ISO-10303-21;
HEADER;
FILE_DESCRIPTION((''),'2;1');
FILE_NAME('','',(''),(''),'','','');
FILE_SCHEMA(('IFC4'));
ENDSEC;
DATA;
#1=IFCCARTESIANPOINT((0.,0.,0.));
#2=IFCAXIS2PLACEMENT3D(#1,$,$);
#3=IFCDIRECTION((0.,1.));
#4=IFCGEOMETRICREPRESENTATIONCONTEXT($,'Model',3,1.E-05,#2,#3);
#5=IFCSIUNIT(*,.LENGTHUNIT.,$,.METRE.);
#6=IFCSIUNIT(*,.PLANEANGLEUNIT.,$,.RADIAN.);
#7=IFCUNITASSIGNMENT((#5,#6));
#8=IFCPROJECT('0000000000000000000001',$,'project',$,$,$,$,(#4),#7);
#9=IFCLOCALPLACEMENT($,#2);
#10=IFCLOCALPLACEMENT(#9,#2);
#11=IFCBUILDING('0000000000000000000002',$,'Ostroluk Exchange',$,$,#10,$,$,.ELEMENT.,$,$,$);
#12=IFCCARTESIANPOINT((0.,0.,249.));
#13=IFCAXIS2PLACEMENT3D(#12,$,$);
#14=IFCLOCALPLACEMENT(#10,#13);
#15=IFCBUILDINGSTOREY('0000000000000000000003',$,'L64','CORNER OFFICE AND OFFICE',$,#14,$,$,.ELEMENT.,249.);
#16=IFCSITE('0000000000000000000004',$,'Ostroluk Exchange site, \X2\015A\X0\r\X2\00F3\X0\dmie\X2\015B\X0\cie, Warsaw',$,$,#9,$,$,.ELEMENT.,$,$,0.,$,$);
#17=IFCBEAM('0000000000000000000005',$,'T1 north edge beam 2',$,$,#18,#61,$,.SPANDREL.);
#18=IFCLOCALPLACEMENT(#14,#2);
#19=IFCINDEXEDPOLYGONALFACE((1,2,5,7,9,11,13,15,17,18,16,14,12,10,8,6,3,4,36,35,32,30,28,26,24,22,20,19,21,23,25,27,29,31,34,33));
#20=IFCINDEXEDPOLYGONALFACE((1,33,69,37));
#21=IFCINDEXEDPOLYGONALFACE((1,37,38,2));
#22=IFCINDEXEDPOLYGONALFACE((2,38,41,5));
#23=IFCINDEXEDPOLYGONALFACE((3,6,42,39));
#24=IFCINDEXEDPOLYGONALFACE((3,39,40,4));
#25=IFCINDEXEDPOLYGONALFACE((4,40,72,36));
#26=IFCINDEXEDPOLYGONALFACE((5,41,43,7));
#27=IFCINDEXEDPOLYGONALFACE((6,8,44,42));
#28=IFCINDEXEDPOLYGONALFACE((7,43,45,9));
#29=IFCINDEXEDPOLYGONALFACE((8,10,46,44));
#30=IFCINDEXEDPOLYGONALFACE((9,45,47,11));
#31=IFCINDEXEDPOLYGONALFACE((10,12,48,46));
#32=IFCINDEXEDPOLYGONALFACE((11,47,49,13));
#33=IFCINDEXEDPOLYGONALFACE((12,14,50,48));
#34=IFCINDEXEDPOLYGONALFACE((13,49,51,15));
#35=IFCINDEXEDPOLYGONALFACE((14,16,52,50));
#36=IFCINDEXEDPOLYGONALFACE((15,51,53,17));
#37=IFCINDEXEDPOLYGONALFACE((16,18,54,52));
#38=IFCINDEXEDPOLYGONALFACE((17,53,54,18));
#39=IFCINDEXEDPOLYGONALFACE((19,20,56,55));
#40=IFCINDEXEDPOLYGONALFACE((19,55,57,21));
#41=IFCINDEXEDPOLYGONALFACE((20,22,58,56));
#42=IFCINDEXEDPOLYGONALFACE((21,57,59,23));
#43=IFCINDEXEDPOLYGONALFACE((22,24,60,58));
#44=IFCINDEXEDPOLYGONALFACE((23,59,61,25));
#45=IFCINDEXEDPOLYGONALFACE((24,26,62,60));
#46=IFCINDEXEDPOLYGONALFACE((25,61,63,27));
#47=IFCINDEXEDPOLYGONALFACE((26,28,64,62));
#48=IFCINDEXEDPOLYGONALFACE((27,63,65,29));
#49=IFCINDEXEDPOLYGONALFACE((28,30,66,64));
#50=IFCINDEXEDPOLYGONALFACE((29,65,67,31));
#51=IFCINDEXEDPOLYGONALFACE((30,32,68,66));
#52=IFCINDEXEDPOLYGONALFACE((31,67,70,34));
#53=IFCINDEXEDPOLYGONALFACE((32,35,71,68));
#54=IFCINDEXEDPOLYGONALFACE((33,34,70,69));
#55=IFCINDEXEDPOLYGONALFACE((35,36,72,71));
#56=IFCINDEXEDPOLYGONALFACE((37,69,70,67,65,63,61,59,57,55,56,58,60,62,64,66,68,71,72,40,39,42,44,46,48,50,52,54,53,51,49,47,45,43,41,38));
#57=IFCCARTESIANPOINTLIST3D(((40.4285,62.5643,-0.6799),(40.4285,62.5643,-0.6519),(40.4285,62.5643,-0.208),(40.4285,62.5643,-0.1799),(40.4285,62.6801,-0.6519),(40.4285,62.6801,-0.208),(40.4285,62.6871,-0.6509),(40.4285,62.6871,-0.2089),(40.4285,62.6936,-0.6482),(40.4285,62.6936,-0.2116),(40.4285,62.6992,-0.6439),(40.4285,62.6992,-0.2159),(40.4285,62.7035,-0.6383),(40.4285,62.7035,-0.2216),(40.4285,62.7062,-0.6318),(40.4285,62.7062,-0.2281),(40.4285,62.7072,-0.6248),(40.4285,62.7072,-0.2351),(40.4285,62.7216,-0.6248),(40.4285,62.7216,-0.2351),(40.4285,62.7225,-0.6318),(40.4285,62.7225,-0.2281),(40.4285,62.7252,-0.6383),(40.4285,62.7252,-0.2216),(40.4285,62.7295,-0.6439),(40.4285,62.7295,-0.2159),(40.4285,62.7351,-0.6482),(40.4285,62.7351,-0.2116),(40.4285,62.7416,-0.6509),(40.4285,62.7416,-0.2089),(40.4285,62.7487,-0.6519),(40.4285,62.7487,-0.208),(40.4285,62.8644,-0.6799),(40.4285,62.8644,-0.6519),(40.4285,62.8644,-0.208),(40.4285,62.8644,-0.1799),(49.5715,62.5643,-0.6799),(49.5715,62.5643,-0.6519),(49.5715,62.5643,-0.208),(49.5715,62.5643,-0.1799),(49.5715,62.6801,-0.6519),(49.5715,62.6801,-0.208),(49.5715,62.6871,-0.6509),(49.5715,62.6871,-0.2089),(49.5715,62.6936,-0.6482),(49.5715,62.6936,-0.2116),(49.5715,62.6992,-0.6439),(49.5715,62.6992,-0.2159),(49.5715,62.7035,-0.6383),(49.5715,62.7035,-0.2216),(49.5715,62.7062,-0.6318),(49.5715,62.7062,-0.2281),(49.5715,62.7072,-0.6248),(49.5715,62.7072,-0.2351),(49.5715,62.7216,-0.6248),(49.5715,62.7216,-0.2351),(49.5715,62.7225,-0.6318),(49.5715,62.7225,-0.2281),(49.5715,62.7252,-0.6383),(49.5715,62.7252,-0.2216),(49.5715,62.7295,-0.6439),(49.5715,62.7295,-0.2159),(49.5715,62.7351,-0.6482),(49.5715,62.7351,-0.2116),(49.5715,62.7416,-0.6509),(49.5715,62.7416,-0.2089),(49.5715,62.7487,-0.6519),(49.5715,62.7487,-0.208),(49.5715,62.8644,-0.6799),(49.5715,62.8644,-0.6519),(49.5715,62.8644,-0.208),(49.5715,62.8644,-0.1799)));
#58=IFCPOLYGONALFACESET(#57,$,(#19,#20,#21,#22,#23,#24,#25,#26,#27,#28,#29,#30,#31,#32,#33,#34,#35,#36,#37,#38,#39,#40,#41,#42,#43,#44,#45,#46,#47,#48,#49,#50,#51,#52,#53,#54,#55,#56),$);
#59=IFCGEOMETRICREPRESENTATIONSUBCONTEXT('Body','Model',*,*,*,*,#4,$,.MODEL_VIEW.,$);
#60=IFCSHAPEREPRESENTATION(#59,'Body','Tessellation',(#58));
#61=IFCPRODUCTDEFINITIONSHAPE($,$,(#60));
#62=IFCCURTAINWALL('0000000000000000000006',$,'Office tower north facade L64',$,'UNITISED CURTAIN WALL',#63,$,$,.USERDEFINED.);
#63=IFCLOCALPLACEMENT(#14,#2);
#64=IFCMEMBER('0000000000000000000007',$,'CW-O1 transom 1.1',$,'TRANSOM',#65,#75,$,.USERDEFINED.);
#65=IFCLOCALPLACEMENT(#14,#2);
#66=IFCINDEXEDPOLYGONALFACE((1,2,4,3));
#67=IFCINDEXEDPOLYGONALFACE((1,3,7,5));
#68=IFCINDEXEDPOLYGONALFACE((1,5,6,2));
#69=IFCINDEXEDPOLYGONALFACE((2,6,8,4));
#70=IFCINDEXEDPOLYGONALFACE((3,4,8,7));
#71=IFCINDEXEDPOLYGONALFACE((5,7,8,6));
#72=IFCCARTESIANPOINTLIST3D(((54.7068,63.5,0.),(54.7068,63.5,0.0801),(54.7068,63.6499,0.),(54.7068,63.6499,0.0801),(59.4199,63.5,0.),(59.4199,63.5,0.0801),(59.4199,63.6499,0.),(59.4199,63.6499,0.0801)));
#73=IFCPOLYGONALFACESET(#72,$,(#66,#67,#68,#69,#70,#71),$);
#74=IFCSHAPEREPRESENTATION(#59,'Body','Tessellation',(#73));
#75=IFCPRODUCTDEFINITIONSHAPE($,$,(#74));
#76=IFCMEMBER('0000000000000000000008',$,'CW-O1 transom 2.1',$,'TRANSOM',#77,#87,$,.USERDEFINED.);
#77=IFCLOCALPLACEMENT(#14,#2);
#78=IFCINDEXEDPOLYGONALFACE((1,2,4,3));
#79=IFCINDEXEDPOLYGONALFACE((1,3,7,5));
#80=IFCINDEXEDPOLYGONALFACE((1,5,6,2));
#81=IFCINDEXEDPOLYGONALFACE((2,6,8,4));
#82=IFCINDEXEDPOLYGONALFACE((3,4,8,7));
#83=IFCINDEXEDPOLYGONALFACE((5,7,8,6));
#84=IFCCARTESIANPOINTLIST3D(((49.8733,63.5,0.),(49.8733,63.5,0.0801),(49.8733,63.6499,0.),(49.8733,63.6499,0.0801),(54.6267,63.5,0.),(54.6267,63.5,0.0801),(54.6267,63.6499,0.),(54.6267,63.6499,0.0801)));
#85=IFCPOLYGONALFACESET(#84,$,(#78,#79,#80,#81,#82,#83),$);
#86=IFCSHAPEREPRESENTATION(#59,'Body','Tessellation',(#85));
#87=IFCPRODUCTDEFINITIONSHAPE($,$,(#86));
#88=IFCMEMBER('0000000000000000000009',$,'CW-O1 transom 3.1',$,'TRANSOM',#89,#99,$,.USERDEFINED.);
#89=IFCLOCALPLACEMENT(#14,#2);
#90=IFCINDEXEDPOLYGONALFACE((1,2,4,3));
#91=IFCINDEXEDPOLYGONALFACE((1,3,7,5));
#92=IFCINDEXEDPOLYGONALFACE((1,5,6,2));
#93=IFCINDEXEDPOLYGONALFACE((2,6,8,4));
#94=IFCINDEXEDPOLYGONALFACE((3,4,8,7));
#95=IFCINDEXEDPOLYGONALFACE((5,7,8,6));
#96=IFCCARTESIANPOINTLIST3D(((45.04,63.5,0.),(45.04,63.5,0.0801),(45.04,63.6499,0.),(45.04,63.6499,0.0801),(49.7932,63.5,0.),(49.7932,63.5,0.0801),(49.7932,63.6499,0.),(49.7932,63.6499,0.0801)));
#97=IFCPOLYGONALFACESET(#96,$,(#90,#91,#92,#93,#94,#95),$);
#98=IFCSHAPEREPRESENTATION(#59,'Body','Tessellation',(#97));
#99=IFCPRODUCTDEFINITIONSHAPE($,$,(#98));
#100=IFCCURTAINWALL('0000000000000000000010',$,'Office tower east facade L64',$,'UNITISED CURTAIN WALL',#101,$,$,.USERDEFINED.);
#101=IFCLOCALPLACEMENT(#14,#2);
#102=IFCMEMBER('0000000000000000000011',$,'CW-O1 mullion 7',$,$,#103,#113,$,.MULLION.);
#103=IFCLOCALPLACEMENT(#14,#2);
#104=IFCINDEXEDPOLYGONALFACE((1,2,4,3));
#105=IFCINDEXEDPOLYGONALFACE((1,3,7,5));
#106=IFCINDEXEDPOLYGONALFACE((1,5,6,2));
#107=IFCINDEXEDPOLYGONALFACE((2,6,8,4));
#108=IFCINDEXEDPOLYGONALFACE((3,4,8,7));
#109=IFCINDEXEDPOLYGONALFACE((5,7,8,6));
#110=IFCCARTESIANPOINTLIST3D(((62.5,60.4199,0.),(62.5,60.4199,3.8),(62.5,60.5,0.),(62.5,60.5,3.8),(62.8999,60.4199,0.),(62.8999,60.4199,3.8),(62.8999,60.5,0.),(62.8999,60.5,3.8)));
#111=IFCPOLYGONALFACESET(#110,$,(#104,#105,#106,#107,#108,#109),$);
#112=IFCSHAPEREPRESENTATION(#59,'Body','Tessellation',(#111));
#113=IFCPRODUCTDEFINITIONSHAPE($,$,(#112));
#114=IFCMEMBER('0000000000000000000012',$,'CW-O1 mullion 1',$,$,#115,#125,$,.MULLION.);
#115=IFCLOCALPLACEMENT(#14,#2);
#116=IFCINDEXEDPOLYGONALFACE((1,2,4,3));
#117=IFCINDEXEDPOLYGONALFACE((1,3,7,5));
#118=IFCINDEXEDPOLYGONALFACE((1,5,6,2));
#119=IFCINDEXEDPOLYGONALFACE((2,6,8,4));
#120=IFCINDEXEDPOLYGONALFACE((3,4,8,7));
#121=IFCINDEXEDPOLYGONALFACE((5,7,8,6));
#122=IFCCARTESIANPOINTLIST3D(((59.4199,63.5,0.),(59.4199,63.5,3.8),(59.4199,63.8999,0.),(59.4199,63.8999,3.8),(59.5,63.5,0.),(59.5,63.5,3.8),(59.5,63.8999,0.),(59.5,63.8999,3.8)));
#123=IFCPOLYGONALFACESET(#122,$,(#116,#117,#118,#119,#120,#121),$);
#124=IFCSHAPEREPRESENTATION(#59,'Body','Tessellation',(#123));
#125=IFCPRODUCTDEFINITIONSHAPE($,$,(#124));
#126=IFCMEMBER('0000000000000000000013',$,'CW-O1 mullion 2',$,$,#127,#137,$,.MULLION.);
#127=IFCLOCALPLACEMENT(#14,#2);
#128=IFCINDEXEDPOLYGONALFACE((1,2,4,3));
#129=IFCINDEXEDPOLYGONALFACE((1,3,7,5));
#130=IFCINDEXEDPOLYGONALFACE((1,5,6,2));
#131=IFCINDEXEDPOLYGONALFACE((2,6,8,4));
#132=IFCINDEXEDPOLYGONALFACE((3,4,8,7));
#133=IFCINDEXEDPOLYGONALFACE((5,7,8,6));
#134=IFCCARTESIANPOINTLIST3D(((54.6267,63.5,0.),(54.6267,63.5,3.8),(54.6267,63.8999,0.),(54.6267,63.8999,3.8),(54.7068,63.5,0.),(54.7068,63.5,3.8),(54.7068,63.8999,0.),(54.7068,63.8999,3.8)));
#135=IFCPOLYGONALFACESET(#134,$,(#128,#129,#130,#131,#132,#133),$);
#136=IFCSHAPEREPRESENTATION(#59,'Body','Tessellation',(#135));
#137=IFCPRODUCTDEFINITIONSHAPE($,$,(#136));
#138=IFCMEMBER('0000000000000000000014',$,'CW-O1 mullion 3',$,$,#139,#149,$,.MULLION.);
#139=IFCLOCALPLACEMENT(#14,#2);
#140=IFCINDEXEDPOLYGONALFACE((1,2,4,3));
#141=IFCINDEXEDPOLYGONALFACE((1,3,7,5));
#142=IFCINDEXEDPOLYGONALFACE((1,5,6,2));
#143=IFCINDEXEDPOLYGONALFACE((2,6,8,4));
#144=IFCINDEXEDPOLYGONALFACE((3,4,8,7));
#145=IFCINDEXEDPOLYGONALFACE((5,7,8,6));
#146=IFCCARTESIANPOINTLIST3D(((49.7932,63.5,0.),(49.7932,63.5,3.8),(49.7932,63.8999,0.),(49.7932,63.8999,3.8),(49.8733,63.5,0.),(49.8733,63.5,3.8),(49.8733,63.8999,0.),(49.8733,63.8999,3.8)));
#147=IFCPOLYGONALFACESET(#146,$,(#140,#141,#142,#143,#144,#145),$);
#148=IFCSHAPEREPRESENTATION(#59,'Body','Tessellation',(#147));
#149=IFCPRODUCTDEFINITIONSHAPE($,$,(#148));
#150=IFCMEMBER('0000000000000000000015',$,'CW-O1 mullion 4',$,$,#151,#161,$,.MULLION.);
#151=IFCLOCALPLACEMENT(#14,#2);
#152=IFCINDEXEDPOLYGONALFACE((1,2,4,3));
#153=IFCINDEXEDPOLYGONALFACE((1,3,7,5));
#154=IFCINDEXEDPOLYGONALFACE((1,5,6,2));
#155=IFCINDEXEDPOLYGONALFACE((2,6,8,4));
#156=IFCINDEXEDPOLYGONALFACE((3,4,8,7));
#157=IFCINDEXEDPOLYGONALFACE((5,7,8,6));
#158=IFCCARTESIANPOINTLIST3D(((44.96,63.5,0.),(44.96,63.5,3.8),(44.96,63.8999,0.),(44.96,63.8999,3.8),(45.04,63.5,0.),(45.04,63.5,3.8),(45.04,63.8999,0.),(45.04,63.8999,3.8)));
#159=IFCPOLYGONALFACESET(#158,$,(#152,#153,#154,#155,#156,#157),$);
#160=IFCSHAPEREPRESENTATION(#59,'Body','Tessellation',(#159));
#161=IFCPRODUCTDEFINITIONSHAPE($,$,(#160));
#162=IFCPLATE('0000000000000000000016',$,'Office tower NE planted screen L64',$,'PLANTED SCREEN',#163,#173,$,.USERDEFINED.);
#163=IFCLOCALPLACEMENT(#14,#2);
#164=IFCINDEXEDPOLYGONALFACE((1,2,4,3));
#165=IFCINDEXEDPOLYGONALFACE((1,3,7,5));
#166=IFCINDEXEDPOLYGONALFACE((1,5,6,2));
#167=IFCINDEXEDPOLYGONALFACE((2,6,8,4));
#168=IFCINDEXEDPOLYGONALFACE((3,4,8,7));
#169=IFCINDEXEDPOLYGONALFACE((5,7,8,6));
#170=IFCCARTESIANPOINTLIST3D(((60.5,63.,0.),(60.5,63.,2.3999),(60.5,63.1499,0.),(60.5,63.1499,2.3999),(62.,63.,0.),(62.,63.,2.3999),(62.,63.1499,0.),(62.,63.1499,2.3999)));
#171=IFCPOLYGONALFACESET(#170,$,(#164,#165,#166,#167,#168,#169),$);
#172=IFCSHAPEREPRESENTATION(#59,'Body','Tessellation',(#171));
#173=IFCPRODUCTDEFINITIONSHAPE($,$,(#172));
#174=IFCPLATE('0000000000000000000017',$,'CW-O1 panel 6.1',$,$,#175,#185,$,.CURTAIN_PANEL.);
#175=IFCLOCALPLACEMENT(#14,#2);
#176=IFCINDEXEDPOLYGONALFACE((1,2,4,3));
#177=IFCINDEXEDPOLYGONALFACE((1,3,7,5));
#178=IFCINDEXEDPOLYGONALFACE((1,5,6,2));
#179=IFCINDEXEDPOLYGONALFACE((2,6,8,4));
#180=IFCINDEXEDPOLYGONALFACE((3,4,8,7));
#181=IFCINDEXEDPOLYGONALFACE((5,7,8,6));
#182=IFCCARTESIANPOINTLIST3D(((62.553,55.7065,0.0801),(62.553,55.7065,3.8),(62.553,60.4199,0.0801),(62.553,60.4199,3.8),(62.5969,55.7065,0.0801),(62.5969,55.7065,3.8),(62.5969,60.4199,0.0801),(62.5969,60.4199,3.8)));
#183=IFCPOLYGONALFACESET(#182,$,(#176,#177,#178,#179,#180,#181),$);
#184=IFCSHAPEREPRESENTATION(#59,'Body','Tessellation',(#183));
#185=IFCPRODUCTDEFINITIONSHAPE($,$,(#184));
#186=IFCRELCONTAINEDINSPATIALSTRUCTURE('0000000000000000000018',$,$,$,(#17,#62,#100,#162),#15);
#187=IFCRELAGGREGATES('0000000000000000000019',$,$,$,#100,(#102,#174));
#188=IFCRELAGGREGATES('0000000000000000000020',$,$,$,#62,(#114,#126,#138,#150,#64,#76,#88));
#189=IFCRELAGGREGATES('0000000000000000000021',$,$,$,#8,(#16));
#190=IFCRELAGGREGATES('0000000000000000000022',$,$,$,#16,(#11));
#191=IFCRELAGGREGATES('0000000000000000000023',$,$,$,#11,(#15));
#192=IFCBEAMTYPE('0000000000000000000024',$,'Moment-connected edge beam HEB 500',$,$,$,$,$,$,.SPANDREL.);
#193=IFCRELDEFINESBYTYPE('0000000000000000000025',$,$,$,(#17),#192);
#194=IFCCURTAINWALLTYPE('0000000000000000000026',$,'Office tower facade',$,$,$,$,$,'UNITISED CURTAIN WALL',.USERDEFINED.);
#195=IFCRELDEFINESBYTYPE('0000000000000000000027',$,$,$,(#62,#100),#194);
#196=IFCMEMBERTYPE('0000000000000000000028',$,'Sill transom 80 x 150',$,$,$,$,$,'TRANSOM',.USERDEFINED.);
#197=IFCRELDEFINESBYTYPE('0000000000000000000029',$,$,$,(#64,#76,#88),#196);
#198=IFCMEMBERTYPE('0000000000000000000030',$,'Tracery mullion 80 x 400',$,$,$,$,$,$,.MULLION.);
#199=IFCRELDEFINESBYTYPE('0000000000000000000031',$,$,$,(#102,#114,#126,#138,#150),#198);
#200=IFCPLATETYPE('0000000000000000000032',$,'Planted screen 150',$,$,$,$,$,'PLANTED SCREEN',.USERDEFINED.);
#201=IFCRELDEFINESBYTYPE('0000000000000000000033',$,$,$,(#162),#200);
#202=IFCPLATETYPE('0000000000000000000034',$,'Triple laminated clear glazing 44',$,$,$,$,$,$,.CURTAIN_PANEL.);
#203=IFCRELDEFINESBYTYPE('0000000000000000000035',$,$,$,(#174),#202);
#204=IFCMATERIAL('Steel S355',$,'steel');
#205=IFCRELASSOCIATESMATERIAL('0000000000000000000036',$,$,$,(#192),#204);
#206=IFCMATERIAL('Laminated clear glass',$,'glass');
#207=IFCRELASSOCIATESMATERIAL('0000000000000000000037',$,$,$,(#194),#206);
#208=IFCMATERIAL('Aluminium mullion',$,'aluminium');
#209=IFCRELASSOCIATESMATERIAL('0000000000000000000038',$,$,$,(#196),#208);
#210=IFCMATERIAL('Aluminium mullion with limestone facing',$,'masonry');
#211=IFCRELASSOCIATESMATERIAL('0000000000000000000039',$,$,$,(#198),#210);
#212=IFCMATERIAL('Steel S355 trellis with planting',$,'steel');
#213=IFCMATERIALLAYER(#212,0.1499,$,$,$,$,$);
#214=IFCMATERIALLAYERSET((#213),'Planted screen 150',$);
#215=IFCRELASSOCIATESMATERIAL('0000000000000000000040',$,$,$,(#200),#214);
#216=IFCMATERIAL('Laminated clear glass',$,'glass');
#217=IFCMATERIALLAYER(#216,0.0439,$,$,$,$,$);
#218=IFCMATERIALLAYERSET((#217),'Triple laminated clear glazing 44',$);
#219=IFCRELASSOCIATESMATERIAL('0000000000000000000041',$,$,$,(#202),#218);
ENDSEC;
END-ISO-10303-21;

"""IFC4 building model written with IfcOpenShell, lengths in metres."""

from ifc_helpers import new_model, si_unit, direction, frame, origin, origin_2d, place, context, subcontext, project, spatial, rectangle, i_section, extrude, material, layer, layer_set, material_profile, profile_set, type_object, element, aggregate, save


model = new_model("IFC4")

# Units and contexts
model_context = context("Model", 3, precision=1e-05, world=origin(), true_north=direction((0.0, 1.0)))
body_context = subcontext(model_context, "Body", "Model", "MODEL_VIEW")
ifc_project = project(units=[si_unit("LENGTHUNIT", "METRE"), si_unit("PLANEANGLEUNIT", "RADIAN")], contexts=[model_context])

# Site, building, storey
site_placement = place(None, origin())
site = spatial("IfcSite", under=ifc_project, at=site_placement, Name="Ostroluk Exchange site, Śródmieście, Warsaw", CompositionType="ELEMENT", RefElevation=0.0)
building_placement = place(site_placement, origin())
building = spatial("IfcBuilding", under=site, at=building_placement, Name="Ostroluk Exchange", CompositionType="ELEMENT")
storey_placement = place(building_placement, frame((0.0, 0.0, 249.0)))
storey = spatial("IfcBuildingStorey", under=building, at=storey_placement, Name="L64", Description="CORNER OFFICE AND OFFICE", CompositionType="ELEMENT", Elevation=249.0)

# Beam
ifc_material_1 = material(Name="Steel S355", Category="steel")
ifc_material_profile_1 = material_profile(ifc_material_1, i_section(OverallWidth=0.3, OverallDepth=0.5, WebThickness=0.0144, FlangeThickness=0.0281, FilletRadius=0.0271, at=origin_2d()), Name="HEB 500")
ifc_profile_set_1 = profile_set([ifc_material_profile_1], Name="Steel S355")
beam_type_1 = type_object("IfcBeamType", Name="Moment-connected edge beam HEB 500", PredefinedType="SPANDREL", material=ifc_profile_set_1)
beam_1_placement = place(storey_placement, frame((49.5715, 62.7144, -0.4299), z_axis=(-1.0, 0.0, 0.0), x_axis=(0.0, -1.0, 0.0)))
element("IfcBeam", 1, at=beam_1_placement, inside=storey, type_object=beam_type_1, Name="T1 north edge beam 2", PredefinedType="SPANDREL", context=body_context, shape_type="SweptSolid", body=[
    extrude(i_section(OverallWidth=0.3, OverallDepth=0.5, WebThickness=0.0144, FlangeThickness=0.0281, FilletRadius=0.0271, at=origin_2d()), origin(), (0.0, 0.0, 1.0), 9.1431),
])

# Curtain wall, members
ifc_material_2 = material(Name="Laminated clear glass", Category="glass")
curtain_wall_type = type_object("IfcCurtainWallType", Name="Office tower facade", ElementType="UNITISED CURTAIN WALL", PredefinedType="USERDEFINED", material=ifc_material_2)
curtain_wall_1_placement = place(storey_placement, origin())
curtain_wall_1 = element("IfcCurtainWall", 2, at=curtain_wall_1_placement, inside=storey, type_object=curtain_wall_type, Name="Office tower north facade L64", ObjectType="UNITISED CURTAIN WALL", PredefinedType="USERDEFINED")
ifc_material_3 = material(Name="Aluminium mullion", Category="aluminium")
ifc_material_profile_2 = material_profile(ifc_material_3, rectangle(XDim=0.1499, YDim=0.0801, at=origin_2d()), Name="Sill transom 80 x 150")
ifc_profile_set_2 = profile_set([ifc_material_profile_2], Name="Aluminium mullion")
member_type_1 = type_object("IfcMemberType", Name="Sill transom 80 x 150", ElementType="TRANSOM", PredefinedType="USERDEFINED", material=ifc_profile_set_2)
member_1_placement = place(storey_placement, frame((59.4199, 63.575, 0.04), z_axis=(-1.0, 0.0, 0.0), x_axis=(0.0, -1.0, 0.0)))
member_1 = element("IfcMember", 3, at=member_1_placement, type_object=member_type_1, Name="CW-O1 transom 1.1", ObjectType="TRANSOM", PredefinedType="USERDEFINED", context=body_context, shape_type="SweptSolid", body=[
    extrude(rectangle(XDim=0.1499, YDim=0.0801, at=origin_2d()), origin(), (0.0, 0.0, 1.0), 4.7131),
])
member_2_placement = place(storey_placement, frame((54.6267, 63.575, 0.04), z_axis=(-1.0, 0.0, 0.0), x_axis=(0.0, -1.0, 0.0)))
member_2 = element("IfcMember", 4, at=member_2_placement, type_object=member_type_1, Name="CW-O1 transom 2.1", ObjectType="TRANSOM", PredefinedType="USERDEFINED", context=body_context, shape_type="SweptSolid", body=[
    extrude(rectangle(XDim=0.1499, YDim=0.0801, at=origin_2d()), origin(), (0.0, 0.0, 1.0), 4.7534),
])
member_3_placement = place(storey_placement, frame((49.7932, 63.575, 0.04), z_axis=(-1.0, 0.0, 0.0), x_axis=(0.0, -1.0, 0.0)))
member_3 = element("IfcMember", 5, at=member_3_placement, type_object=member_type_1, Name="CW-O1 transom 3.1", ObjectType="TRANSOM", PredefinedType="USERDEFINED", context=body_context, shape_type="SweptSolid", body=[
    extrude(rectangle(XDim=0.1499, YDim=0.0801, at=origin_2d()), origin(), (0.0, 0.0, 1.0), 4.7532),
])

# Curtain wall, member
curtain_wall_2_placement = place(storey_placement, origin())
curtain_wall_2 = element("IfcCurtainWall", 6, at=curtain_wall_2_placement, inside=storey, type_object=curtain_wall_type, Name="Office tower east facade L64", ObjectType="UNITISED CURTAIN WALL", PredefinedType="USERDEFINED")
ifc_material_4 = material(Name="Aluminium mullion with limestone facing", Category="masonry")
ifc_material_profile_3 = material_profile(ifc_material_4, rectangle(XDim=0.3999, YDim=0.0801, at=origin_2d()), Name="Tracery mullion 80 x 400")
ifc_profile_set_3 = profile_set([ifc_material_profile_3], Name="Aluminium mullion with limestone facing")
member_type_2 = type_object("IfcMemberType", Name="Tracery mullion 80 x 400", PredefinedType="MULLION", material=ifc_profile_set_3)
member_4_placement = place(storey_placement, frame((62.7, 60.46, 0.0), z_axis=(0.0, 0.0, 1.0), x_axis=(-1.0, 0.0, 0.0)))
member_4 = element("IfcMember", 7, at=member_4_placement, type_object=member_type_2, Name="CW-O1 mullion 7", PredefinedType="MULLION", context=body_context, shape_type="SweptSolid", body=[
    extrude(rectangle(XDim=0.3999, YDim=0.0801, at=origin_2d()), origin(), (0.0, 0.0, 1.0), 3.8),
])

# Members
member_5_placement = place(storey_placement, frame((59.46, 63.7, 0.0), z_axis=(0.0, 0.0, 1.0), x_axis=(0.0, -1.0, 0.0)))
member_5 = element("IfcMember", 8, at=member_5_placement, type_object=member_type_2, Name="CW-O1 mullion 1", PredefinedType="MULLION", context=body_context, shape_type="SweptSolid", body=[
    extrude(rectangle(XDim=0.3999, YDim=0.0801, at=origin_2d()), origin(), (0.0, 0.0, 1.0), 3.8),
])
member_6_placement = place(storey_placement, frame((54.6667, 63.7, 0.0), z_axis=(0.0, 0.0, 1.0), x_axis=(0.0, -1.0, 0.0)))
member_6 = element("IfcMember", 9, at=member_6_placement, type_object=member_type_2, Name="CW-O1 mullion 2", PredefinedType="MULLION", context=body_context, shape_type="SweptSolid", body=[
    extrude(rectangle(XDim=0.3999, YDim=0.0801, at=origin_2d()), origin(), (0.0, 0.0, 1.0), 3.8),
])
member_7_placement = place(storey_placement, frame((49.8333, 63.7, 0.0), z_axis=(0.0, 0.0, 1.0), x_axis=(0.0, -1.0, 0.0)))
member_7 = element("IfcMember", 10, at=member_7_placement, type_object=member_type_2, Name="CW-O1 mullion 3", PredefinedType="MULLION", context=body_context, shape_type="SweptSolid", body=[
    extrude(rectangle(XDim=0.3999, YDim=0.0801, at=origin_2d()), origin(), (0.0, 0.0, 1.0), 3.8),
])
member_8_placement = place(storey_placement, frame((45.0, 63.7, 0.0), z_axis=(0.0, 0.0, 1.0), x_axis=(0.0, -1.0, 0.0)))
member_8 = element("IfcMember", 11, at=member_8_placement, type_object=member_type_2, Name="CW-O1 mullion 4", PredefinedType="MULLION", context=body_context, shape_type="SweptSolid", body=[
    extrude(rectangle(XDim=0.3999, YDim=0.0801, at=origin_2d()), origin(), (0.0, 0.0, 1.0), 3.8),
])

# Plates
ifc_material_5 = material(Name="Steel S355 trellis with planting", Category="steel")
ifc_layer_1 = layer(ifc_material_5, 0.1499)
ifc_layer_set_1 = layer_set([ifc_layer_1], Name="Planted screen 150")
plate_type_1 = type_object("IfcPlateType", Name="Planted screen 150", ElementType="PLANTED SCREEN", PredefinedType="USERDEFINED", material=ifc_layer_set_1)
plate_1_placement = place(storey_placement, frame((61.25, 63.075, 0.0), z_axis=(0.0, 0.0, 1.0), x_axis=(1.0, 0.0, 0.0)))
element("IfcPlate", 12, at=plate_1_placement, inside=storey, type_object=plate_type_1, Name="Office tower NE planted screen L64", ObjectType="PLANTED SCREEN", PredefinedType="USERDEFINED", context=body_context, shape_type="SweptSolid", body=[
    extrude(rectangle(XDim=1.5, YDim=0.1499, at=origin_2d()), origin(), (0.0, 0.0, 1.0), 2.3999),
])
ifc_material_6 = material(Name="Laminated clear glass", Category="glass")
ifc_layer_2 = layer(ifc_material_6, 0.0439)
ifc_layer_set_2 = layer_set([ifc_layer_2], Name="Triple laminated clear glazing 44")
plate_type_2 = type_object("IfcPlateType", Name="Triple laminated clear glazing 44", PredefinedType="CURTAIN_PANEL", material=ifc_layer_set_2)
plate_2_placement = place(storey_placement, frame((62.575, 58.0632, 0.0801), z_axis=(0.0, 0.0, 1.0), x_axis=(0.0, 1.0, 0.0)))
plate_2 = element("IfcPlate", 13, at=plate_2_placement, type_object=plate_type_2, Name="CW-O1 panel 6.1", PredefinedType="CURTAIN_PANEL", context=body_context, shape_type="SweptSolid", body=[
    extrude(rectangle(XDim=4.7134, YDim=0.0439, at=origin_2d()), origin(), (0.0, 0.0, 1.0), 3.72),
])
aggregate(curtain_wall_2, [member_4, plate_2])
aggregate(curtain_wall_1, [member_5, member_6, member_7, member_8, member_1, member_2, member_3])

save(model, "model.ifc")
